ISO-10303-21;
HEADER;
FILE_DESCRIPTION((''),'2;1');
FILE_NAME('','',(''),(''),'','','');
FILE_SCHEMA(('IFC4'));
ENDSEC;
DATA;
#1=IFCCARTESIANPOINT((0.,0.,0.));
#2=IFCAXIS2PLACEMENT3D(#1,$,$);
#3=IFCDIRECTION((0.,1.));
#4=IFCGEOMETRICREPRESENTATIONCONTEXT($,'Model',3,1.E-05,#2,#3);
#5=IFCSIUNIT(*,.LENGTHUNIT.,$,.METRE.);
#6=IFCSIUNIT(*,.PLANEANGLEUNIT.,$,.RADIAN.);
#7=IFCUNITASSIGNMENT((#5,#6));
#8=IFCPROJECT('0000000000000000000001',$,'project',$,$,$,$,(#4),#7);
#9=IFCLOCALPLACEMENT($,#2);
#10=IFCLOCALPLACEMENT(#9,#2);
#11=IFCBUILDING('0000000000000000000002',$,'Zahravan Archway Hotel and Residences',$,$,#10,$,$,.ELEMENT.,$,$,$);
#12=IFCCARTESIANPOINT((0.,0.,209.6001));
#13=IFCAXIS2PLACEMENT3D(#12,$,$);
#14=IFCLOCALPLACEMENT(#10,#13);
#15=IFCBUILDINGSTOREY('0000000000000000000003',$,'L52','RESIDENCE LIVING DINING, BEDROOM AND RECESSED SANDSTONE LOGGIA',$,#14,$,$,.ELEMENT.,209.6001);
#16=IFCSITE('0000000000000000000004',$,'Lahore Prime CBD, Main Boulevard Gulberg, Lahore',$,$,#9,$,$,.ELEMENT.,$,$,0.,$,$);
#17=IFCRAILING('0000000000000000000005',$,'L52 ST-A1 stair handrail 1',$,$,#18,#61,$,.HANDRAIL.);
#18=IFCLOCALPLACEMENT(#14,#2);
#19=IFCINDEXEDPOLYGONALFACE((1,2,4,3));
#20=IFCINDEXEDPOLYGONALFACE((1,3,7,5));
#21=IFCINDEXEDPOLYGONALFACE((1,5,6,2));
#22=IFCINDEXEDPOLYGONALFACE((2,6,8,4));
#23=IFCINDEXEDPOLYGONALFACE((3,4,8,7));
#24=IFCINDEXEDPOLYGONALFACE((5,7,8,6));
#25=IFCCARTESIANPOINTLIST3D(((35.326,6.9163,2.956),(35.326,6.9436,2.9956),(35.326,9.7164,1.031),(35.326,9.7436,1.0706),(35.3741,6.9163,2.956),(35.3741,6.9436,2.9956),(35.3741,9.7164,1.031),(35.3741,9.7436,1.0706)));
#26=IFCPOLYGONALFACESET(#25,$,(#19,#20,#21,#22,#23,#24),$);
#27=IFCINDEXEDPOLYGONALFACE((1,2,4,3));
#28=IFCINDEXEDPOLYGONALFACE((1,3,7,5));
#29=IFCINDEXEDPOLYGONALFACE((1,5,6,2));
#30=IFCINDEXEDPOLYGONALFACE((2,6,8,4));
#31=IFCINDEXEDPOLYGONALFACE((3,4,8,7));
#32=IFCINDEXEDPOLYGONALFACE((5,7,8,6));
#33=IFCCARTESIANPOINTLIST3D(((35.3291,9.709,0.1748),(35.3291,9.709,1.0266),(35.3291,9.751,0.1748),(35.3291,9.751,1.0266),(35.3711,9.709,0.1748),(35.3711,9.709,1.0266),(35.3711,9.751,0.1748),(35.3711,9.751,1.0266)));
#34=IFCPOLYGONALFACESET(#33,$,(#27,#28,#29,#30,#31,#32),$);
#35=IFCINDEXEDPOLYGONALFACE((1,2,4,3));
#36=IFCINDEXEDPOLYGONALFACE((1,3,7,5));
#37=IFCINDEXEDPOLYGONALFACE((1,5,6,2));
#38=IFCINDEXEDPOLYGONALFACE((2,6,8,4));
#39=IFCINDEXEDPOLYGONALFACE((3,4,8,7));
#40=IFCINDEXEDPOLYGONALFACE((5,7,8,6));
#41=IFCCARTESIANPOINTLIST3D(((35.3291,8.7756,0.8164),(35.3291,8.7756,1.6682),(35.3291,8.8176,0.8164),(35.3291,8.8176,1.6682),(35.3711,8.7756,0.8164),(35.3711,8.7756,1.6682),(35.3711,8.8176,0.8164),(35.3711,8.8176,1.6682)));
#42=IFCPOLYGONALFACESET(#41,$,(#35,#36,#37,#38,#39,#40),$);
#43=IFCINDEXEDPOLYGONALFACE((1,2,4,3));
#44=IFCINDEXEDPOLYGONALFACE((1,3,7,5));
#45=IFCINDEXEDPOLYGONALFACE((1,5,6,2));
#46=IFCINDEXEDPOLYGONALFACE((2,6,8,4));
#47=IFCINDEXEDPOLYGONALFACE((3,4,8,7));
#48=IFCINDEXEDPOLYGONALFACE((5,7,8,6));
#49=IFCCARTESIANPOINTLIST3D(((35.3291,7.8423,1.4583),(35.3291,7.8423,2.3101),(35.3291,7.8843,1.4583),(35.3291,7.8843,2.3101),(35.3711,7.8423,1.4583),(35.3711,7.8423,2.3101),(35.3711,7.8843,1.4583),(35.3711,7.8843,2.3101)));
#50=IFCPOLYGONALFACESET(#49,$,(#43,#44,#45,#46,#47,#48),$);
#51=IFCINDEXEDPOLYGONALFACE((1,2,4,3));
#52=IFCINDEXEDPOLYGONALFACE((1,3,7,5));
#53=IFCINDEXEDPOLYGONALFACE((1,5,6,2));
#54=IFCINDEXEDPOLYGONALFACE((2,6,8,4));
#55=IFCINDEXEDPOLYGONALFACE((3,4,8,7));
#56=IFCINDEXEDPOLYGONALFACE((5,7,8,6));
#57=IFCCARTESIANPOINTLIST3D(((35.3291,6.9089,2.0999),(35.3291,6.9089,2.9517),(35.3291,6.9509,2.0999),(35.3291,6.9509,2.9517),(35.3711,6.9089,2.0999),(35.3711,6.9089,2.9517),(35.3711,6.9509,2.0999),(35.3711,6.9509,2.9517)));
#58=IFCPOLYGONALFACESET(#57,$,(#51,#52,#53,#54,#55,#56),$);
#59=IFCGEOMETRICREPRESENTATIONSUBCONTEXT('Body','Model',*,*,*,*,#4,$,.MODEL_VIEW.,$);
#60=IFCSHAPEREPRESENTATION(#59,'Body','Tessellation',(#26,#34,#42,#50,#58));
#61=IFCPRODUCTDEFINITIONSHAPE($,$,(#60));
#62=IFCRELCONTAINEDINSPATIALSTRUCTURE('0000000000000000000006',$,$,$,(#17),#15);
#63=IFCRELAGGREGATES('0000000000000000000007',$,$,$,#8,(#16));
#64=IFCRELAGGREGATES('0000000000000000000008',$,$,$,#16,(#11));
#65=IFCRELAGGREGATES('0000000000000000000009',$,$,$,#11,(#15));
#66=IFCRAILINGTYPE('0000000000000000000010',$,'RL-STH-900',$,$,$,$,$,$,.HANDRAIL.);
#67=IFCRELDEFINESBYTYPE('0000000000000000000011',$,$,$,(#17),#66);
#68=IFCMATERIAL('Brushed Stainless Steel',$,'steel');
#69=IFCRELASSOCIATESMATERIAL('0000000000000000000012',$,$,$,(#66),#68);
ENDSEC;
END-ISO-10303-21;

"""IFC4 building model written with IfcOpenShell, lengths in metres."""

from ifc_helpers import new_model, si_unit, direction, frame, origin, origin_2d, place, context, subcontext, project, spatial, rectangle, extrude, material, type_object, element, save


model = new_model("IFC4")

# Units and contexts
model_context = context("Model", 3, precision=1e-05, world=origin(), true_north=direction((0.0, 1.0)))
body_context = subcontext(model_context, "Body", "Model", "MODEL_VIEW")
ifc_project = project(units=[si_unit("LENGTHUNIT", "METRE"), si_unit("PLANEANGLEUNIT", "RADIAN")], contexts=[model_context])

# Site, building, storey
site_placement = place(None, origin())
site = spatial("IfcSite", under=ifc_project, at=site_placement, Name="Lahore Prime CBD, Main Boulevard Gulberg, Lahore", CompositionType="ELEMENT", RefElevation=0.0)
building_placement = place(site_placement, origin())
building = spatial("IfcBuilding", under=site, at=building_placement, Name="Zahravan Archway Hotel and Residences", CompositionType="ELEMENT")
storey_placement = place(building_placement, frame((0.0, 0.0, 209.6001)))
storey = spatial("IfcBuildingStorey", under=building, at=storey_placement, Name="L52", Description="RESIDENCE LIVING DINING, BEDROOM AND RECESSED SANDSTONE LOGGIA", CompositionType="ELEMENT", Elevation=209.6001)

# Railing
ifc_material_1 = material(Name="Brushed Stainless Steel", Category="steel")
railing_type_1 = type_object("IfcRailingType", Name="RL-STH-900", PredefinedType="HANDRAIL", material=ifc_material_1)
railing_1_placement = place(storey_placement, frame((35.3501, 9.73, 0.1748)))
element("IfcRailing", 1, at=railing_1_placement, inside=storey, type_object=railing_type_1, Name="L52 ST-A1 stair handrail 1", PredefinedType="HANDRAIL", context=body_context, shape_type="SweptSolid", body=[
    extrude(rectangle(XDim=0.0481, YDim=0.0481, at=origin_2d()), frame((0.0, 0.0, 0.876), z_axis=(0.0, -0.82404, 0.566532), x_axis=(1.0, 0.0, 0.0)), (0.0, 0.0, 1.0), 3.3979),
    extrude(rectangle(XDim=0.042, YDim=0.042, at=origin_2d()), origin(), (0.0, 0.0, 1.0), 0.8518),
    extrude(rectangle(XDim=0.042, YDim=0.042, at=origin_2d()), frame((0.0, -0.9333, 0.6416)), (0.0, 0.0, 1.0), 0.8518),
    extrude(rectangle(XDim=0.042, YDim=0.042, at=origin_2d()), frame((0.0, -1.8667, 1.2834)), (0.0, 0.0, 1.0), 0.8518),
    extrude(rectangle(XDim=0.042, YDim=0.042, at=origin_2d()), frame((0.0, -2.8, 1.925)), (0.0, 0.0, 1.0), 0.8518),
])

save(model, "model.ifc")
